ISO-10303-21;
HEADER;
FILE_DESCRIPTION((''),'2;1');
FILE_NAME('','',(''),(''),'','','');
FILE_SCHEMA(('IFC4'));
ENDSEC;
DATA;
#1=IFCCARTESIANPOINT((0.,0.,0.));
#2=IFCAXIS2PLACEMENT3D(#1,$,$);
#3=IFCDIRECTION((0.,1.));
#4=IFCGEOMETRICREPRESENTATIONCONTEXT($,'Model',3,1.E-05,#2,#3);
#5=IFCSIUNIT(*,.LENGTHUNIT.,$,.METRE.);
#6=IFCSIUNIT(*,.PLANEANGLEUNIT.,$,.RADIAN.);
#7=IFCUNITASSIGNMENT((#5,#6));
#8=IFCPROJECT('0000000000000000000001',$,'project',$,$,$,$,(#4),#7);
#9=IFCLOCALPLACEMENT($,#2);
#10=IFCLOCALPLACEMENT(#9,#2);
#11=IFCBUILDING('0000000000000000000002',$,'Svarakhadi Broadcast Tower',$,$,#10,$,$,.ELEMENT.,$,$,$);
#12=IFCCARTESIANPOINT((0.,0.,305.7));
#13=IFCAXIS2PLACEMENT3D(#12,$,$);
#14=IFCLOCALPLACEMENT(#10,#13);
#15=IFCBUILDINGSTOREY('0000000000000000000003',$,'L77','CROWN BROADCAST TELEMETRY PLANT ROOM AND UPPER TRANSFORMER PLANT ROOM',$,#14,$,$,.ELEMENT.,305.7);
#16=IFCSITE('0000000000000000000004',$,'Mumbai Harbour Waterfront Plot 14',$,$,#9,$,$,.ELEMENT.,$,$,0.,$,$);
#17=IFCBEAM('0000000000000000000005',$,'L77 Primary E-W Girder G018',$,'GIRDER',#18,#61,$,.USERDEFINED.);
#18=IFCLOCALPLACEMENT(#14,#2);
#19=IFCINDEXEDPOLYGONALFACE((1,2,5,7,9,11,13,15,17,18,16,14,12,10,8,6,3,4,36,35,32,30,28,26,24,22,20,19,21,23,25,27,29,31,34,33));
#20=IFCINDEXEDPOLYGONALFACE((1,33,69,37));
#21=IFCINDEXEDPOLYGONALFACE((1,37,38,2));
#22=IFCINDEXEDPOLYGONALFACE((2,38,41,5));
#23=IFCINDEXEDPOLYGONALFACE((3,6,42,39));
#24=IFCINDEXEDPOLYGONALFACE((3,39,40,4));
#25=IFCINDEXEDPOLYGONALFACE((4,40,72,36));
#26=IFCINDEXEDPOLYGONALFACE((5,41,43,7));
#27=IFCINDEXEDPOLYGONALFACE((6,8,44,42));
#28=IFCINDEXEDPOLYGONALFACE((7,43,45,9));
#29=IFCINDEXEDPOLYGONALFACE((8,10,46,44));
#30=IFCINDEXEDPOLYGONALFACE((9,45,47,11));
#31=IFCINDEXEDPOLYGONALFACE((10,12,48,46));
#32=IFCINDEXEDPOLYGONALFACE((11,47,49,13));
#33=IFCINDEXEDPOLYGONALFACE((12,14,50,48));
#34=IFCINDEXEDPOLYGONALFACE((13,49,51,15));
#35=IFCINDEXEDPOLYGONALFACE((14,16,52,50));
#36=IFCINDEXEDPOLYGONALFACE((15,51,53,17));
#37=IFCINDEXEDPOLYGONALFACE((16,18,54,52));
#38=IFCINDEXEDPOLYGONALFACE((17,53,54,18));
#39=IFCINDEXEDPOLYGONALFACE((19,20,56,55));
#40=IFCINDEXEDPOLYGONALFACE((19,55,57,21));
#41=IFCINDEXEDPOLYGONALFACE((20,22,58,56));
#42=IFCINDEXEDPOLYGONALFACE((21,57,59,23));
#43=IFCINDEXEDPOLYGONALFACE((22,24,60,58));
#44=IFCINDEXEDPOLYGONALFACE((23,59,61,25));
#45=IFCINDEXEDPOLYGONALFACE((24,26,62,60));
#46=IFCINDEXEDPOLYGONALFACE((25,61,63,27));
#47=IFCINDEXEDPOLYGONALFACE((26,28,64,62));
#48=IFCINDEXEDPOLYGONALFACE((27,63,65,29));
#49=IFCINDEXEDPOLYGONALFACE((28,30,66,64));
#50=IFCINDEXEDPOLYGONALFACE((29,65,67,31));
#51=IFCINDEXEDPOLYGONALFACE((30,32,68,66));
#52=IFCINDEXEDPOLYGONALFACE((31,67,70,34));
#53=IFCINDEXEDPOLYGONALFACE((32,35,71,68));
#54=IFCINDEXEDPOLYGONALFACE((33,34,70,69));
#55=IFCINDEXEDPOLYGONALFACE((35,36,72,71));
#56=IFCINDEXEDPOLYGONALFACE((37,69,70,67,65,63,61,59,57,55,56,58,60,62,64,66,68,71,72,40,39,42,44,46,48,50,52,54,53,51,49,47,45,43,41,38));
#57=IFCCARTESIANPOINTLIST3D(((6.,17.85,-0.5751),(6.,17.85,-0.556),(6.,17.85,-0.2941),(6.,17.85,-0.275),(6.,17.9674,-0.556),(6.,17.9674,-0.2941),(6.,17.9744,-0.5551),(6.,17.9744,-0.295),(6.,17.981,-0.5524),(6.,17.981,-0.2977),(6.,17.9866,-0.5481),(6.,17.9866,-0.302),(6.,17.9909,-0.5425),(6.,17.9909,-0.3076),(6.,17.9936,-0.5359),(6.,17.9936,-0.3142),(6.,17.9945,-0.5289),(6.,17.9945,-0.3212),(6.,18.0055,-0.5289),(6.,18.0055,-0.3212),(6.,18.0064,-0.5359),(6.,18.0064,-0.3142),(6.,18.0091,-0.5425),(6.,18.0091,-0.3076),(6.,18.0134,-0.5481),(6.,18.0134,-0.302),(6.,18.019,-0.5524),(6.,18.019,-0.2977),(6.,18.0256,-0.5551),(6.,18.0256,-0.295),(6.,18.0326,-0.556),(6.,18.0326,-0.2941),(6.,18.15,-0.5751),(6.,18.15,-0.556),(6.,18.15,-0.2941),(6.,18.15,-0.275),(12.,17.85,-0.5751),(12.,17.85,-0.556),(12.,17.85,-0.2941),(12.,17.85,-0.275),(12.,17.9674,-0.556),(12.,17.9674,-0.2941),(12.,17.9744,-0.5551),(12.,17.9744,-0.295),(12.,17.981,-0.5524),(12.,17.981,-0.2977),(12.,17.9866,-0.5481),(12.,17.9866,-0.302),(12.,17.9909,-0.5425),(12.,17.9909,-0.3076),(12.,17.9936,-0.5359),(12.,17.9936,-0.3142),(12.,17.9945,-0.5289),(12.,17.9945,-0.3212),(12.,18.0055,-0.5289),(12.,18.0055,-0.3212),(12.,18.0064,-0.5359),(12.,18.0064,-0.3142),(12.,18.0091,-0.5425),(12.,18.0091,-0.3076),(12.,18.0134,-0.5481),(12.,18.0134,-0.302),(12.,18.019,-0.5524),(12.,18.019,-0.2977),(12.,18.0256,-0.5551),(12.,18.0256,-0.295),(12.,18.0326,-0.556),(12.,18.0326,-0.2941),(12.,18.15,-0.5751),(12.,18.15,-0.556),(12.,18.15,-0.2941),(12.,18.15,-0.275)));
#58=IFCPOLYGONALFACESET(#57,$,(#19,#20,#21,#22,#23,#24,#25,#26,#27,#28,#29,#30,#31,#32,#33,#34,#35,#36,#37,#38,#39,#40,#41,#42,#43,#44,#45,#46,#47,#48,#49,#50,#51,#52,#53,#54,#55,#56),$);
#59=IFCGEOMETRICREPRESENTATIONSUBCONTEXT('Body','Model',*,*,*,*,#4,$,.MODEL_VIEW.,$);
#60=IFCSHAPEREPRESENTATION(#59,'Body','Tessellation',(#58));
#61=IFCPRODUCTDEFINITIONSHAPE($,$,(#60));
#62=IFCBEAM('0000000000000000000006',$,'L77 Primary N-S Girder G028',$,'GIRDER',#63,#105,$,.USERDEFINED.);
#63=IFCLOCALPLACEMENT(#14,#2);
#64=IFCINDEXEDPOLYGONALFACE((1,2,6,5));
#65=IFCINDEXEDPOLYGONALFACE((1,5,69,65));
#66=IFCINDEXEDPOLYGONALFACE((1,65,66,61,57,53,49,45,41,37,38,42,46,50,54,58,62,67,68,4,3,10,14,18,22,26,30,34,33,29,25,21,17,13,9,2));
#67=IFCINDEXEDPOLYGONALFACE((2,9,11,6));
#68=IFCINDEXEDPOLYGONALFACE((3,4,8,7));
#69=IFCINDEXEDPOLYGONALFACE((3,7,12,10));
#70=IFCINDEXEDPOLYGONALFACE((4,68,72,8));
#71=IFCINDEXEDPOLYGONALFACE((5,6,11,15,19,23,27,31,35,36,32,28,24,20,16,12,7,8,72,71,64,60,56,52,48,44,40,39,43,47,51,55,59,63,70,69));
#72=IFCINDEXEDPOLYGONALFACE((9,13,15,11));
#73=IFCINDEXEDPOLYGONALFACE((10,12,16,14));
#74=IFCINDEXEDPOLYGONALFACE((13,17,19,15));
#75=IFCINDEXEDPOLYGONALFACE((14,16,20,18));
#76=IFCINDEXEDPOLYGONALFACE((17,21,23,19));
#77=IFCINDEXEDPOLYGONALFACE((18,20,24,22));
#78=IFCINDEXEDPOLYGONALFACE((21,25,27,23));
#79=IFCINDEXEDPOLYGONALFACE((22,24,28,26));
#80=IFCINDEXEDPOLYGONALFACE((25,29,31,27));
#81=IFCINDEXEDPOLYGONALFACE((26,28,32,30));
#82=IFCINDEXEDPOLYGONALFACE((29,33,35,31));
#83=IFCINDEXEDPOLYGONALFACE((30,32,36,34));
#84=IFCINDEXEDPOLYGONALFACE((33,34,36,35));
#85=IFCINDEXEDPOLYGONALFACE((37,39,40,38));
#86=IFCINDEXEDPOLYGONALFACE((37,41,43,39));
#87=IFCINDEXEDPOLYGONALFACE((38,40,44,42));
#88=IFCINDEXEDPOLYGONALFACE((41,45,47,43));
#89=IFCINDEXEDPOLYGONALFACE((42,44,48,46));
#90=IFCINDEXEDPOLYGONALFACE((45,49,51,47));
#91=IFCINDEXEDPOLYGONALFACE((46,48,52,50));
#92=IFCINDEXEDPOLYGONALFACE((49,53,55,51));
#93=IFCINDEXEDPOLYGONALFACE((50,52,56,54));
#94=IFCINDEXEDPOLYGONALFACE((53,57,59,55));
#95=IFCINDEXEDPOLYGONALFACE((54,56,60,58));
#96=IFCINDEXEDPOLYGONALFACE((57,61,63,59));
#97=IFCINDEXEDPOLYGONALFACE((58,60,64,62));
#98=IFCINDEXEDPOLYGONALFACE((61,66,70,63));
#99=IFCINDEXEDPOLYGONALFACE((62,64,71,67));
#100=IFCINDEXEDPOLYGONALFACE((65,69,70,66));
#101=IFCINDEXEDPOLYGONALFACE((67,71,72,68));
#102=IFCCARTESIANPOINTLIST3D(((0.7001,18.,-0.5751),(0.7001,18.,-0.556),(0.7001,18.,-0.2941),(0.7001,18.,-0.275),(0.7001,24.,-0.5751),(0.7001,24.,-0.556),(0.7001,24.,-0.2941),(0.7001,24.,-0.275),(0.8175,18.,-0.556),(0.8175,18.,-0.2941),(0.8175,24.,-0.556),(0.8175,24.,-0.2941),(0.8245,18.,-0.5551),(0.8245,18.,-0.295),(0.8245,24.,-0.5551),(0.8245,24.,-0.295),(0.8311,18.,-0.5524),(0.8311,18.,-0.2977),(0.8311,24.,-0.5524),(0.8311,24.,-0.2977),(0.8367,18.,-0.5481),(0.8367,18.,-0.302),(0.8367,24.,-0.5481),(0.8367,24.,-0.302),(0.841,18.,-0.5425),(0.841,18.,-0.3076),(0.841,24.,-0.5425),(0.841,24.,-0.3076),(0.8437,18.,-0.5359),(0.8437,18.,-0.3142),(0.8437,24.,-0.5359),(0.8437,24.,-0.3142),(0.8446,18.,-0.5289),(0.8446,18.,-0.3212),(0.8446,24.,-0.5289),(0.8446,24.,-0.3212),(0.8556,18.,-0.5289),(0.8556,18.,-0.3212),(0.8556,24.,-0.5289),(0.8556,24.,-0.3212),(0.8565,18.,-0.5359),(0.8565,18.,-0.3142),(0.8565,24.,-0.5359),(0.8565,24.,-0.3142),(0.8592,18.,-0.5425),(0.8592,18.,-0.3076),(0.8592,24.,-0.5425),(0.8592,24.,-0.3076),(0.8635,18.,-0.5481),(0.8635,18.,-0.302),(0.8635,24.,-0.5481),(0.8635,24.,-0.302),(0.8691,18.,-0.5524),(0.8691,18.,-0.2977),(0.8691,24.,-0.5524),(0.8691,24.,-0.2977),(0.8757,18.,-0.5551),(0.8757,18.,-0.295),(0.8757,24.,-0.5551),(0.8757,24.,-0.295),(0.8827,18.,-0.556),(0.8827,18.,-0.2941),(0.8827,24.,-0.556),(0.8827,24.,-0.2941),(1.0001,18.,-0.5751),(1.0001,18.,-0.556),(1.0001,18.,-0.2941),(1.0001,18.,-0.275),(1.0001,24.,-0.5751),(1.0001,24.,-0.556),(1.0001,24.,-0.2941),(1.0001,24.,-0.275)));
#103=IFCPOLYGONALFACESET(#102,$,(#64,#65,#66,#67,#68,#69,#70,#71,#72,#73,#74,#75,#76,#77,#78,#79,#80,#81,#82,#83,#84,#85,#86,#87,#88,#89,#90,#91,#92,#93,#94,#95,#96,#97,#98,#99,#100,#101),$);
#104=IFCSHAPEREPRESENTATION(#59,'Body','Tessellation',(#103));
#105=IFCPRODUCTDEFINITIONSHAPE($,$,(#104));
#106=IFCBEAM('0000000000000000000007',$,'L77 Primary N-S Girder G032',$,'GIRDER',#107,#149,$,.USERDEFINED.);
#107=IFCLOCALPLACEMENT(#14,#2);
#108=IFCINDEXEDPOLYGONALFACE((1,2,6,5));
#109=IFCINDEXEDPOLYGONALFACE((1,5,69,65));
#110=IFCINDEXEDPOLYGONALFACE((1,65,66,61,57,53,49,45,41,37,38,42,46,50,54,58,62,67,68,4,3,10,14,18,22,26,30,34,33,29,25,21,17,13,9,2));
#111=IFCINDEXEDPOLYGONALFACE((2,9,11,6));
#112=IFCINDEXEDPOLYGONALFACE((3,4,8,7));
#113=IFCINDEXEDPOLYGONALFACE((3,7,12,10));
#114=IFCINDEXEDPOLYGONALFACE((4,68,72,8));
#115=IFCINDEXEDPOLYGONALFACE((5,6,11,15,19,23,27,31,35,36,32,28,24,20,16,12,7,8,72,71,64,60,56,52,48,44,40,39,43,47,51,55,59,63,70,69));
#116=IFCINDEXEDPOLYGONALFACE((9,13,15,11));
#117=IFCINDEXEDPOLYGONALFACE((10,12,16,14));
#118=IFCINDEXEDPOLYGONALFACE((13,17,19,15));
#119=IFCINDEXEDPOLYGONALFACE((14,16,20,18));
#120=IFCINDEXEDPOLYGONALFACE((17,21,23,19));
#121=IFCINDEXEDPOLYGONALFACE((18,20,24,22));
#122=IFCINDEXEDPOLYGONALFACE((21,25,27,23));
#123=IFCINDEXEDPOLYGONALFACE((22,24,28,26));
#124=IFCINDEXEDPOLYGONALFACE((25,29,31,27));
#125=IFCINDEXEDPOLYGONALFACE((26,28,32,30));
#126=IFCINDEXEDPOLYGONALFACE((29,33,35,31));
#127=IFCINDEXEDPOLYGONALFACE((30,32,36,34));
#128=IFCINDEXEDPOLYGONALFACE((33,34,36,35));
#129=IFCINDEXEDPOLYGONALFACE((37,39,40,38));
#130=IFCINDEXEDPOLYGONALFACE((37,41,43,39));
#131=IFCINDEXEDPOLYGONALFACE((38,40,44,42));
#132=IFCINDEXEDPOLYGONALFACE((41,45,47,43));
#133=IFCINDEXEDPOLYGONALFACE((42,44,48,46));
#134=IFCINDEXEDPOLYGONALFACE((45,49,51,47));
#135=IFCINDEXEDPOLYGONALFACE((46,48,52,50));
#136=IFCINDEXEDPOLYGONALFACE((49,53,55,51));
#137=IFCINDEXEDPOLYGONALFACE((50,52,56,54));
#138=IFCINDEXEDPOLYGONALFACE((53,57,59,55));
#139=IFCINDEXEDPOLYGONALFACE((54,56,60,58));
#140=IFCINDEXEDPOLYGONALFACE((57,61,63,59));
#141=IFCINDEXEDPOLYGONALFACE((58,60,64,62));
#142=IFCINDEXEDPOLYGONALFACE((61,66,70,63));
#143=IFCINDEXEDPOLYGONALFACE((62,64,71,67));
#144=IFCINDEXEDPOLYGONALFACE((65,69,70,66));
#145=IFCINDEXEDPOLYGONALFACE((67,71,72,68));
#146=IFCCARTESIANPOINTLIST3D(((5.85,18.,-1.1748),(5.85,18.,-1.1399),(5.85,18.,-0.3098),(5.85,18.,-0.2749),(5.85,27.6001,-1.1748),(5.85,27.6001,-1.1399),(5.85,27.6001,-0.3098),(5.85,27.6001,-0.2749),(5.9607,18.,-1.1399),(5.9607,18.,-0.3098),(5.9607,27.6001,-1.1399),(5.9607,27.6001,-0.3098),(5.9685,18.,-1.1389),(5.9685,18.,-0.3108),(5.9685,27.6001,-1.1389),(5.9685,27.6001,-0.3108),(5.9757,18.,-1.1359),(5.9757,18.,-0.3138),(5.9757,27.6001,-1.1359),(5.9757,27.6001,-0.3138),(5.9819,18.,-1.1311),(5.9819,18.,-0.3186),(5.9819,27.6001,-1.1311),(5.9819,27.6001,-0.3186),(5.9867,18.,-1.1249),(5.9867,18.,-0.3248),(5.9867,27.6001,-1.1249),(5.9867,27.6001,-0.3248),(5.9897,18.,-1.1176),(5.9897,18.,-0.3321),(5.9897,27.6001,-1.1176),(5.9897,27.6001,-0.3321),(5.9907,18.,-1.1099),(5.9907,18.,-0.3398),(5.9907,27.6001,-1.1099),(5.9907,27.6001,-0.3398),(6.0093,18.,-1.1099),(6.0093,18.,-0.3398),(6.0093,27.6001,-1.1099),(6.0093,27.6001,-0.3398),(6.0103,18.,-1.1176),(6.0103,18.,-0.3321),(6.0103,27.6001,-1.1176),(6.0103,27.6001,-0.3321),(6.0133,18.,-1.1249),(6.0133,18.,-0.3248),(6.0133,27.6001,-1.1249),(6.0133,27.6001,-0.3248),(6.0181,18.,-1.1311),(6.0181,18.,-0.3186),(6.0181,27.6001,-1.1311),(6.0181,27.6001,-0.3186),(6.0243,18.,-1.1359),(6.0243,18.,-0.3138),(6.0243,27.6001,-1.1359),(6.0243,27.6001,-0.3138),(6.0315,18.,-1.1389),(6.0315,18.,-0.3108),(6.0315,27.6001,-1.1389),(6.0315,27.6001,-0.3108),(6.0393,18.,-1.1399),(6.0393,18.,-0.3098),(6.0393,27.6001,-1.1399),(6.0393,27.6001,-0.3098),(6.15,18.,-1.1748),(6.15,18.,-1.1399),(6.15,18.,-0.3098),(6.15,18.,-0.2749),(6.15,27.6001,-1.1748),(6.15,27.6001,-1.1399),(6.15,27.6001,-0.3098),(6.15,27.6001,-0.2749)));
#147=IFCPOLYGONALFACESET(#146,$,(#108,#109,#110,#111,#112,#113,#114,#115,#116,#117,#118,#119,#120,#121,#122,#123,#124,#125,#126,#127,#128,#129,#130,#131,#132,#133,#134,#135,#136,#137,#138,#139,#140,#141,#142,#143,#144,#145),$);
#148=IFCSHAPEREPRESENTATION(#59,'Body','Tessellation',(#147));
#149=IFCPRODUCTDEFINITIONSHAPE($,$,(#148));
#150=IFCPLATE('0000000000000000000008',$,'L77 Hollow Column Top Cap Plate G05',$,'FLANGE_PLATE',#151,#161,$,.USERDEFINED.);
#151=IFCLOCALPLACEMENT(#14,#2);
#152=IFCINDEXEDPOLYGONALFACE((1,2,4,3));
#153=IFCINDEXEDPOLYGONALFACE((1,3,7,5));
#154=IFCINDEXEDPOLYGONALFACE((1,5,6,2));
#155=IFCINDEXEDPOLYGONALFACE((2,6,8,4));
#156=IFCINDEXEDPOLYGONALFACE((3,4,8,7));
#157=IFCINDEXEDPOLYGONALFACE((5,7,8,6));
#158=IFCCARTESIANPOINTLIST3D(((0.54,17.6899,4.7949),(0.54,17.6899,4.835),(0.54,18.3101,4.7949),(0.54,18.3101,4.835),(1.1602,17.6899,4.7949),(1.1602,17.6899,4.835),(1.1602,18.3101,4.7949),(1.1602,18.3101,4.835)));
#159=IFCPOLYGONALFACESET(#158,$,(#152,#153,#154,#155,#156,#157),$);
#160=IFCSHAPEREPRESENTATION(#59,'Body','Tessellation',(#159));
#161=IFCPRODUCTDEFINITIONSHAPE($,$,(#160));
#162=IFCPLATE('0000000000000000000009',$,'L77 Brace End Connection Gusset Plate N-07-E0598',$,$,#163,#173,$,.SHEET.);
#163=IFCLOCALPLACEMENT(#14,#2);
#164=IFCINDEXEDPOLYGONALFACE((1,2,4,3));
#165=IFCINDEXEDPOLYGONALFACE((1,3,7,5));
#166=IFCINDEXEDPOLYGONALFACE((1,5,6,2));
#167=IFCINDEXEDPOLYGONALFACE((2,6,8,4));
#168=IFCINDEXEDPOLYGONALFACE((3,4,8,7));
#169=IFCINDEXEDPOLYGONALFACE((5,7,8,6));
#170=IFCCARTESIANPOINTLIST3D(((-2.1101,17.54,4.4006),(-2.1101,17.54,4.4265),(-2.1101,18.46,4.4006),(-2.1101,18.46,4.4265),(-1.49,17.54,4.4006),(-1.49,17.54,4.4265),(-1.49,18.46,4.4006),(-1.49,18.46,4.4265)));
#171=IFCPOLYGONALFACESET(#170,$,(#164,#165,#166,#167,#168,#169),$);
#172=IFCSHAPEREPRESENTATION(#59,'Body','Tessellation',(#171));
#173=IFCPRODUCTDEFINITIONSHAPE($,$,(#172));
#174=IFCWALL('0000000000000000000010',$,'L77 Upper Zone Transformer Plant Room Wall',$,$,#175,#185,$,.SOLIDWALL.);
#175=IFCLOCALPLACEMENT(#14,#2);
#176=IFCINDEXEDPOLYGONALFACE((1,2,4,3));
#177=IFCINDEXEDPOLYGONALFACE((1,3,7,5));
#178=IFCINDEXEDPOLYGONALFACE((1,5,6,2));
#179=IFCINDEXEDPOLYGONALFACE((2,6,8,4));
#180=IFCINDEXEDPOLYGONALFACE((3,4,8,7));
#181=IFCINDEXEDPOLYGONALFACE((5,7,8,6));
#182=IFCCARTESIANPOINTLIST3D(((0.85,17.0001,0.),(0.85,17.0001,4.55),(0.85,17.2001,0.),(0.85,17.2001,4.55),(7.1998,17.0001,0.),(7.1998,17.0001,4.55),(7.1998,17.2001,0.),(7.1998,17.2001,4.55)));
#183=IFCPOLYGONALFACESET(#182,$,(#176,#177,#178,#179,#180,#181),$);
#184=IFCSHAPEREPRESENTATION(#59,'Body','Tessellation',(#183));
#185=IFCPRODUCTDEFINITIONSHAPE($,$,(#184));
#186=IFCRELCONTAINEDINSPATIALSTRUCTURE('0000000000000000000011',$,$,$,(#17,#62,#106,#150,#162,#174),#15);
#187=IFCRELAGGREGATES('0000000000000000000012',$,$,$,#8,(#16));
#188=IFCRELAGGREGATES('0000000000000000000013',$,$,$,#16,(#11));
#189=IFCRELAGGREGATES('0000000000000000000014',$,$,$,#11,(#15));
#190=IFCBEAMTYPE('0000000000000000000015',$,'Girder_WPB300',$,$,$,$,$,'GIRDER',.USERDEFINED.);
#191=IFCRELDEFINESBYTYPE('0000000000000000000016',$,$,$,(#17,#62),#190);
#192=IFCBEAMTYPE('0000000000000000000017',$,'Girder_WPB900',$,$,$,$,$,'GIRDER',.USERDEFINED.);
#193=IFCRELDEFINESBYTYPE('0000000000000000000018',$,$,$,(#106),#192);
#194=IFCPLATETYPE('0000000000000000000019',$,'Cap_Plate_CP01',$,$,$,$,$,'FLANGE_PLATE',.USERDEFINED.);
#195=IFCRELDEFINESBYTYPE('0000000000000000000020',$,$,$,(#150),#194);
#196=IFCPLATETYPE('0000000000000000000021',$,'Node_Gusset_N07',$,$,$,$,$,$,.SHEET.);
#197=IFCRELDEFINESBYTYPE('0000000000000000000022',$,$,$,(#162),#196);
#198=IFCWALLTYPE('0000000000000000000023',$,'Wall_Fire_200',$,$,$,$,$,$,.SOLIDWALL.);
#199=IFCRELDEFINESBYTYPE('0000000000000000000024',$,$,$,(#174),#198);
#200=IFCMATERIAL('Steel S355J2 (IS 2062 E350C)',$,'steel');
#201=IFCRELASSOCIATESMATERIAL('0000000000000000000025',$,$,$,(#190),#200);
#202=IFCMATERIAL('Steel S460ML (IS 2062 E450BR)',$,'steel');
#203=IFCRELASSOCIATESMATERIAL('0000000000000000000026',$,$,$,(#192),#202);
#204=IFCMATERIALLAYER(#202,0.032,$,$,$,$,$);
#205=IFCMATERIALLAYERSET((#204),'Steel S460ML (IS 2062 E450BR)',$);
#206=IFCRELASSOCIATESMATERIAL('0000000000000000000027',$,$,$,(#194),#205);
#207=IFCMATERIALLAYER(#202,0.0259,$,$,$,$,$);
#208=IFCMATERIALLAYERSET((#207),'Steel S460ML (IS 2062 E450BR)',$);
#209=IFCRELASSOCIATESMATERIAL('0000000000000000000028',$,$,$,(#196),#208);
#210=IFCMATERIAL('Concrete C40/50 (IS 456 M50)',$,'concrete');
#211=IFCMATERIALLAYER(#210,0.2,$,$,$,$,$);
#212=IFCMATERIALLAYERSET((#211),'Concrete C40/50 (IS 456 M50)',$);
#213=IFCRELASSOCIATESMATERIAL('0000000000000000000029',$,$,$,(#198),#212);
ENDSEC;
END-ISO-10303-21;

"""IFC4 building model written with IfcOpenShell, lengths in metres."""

from ifc_helpers import new_model, si_unit, direction, frame, frame_2d, origin, origin_2d, place, context, subcontext, project, spatial, rectangle, i_section, extrude, material, layer, layer_set, material_profile, profile_set, type_object, element, save


model = new_model("IFC4")

# Units and contexts
model_context = context("Model", 3, precision=1e-05, world=origin(), true_north=direction((0.0, 1.0)))
body_context = subcontext(model_context, "Body", "Model", "MODEL_VIEW")
ifc_project = project(units=[si_unit("LENGTHUNIT", "METRE"), si_unit("PLANEANGLEUNIT", "RADIAN")], contexts=[model_context])

# Site, building, storey
site_placement = place(None, origin())
site = spatial("IfcSite", under=ifc_project, at=site_placement, Name="Mumbai Harbour Waterfront Plot 14", CompositionType="ELEMENT", RefElevation=0.0)
building_placement = place(site_placement, origin())
building = spatial("IfcBuilding", under=site, at=building_placement, Name="Svarakhadi Broadcast Tower", CompositionType="ELEMENT")
storey_placement = place(building_placement, frame((0.0, 0.0, 305.7)))
storey = spatial("IfcBuildingStorey", under=building, at=storey_placement, Name="L77", Description="CROWN BROADCAST TELEMETRY PLANT ROOM AND UPPER TRANSFORMER PLANT ROOM", CompositionType="ELEMENT", Elevation=305.7)

# Shared definitions
ifc_material_1 = material(Name="Steel S460ML (IS 2062 E450BR)", Category="steel")

# Shared definitions
ifc_material_2 = material(Name="Steel S355J2 (IS 2062 E350C)", Category="steel")

# Beams
ifc_material_profile_1 = material_profile(ifc_material_2, i_section(OverallWidth=0.3, OverallDepth=0.3, WebThickness=0.011, FlangeThickness=0.019, FilletRadius=0.0271, at=origin_2d()), Name="WPB 300x300x117")
ifc_profile_set_1 = profile_set([ifc_material_profile_1], Name="Steel S355J2 (IS 2062 E350C)")
beam_type_1 = type_object("IfcBeamType", Name="Girder_WPB300", ElementType="GIRDER", PredefinedType="USERDEFINED", material=ifc_profile_set_1)
for number, where, z_axis, x_axis, name in (
    (1, (6.0, 18.0, -0.425), (1.0, 0.0, 0.0), (0.0, 1.0, 0.0), "L77 Primary E-W Girder G018"),
    (2, (0.8501, 18.0, -0.425), (0.0, 1.0, 0.0), (-1.0, 0.0, 0.0), "L77 Primary N-S Girder G028"),
):
    element("IfcBeam", number, at=place(storey_placement, frame(where, z_axis=z_axis, x_axis=x_axis)), inside=storey, type_object=beam_type_1, Name=name, ObjectType="GIRDER", PredefinedType="USERDEFINED", context=body_context, shape_type="SweptSolid", body=[
        extrude(i_section(OverallWidth=0.3, OverallDepth=0.3, WebThickness=0.011, FlangeThickness=0.019, FilletRadius=0.0271, at=origin_2d()), origin(), (0.0, 0.0, 1.0), 6.0),
    ])
ifc_material_profile_2 = material_profile(ifc_material_1, i_section(OverallWidth=0.3, OverallDepth=0.8999, WebThickness=0.0186, FlangeThickness=0.0349, FilletRadius=0.03, at=origin_2d()), Name="WPB 900x300x291")
ifc_profile_set_2 = profile_set([ifc_material_profile_2], Name="Steel S460ML (IS 2062 E450BR)")
beam_type_2 = type_object("IfcBeamType", Name="Girder_WPB900", ElementType="GIRDER", PredefinedType="USERDEFINED", material=ifc_profile_set_2)
beam_1_placement = place(storey_placement, frame((6.0, 18.0, -0.7249), z_axis=(0.0, 1.0, 0.0), x_axis=(-1.0, 0.0, 0.0)))
element("IfcBeam", 3, at=beam_1_placement, inside=storey, type_object=beam_type_2, Name="L77 Primary N-S Girder G032", ObjectType="GIRDER", PredefinedType="USERDEFINED", context=body_context, shape_type="SweptSolid", body=[
    extrude(i_section(OverallWidth=0.3, OverallDepth=0.8999, WebThickness=0.0186, FlangeThickness=0.0349, FilletRadius=0.03, at=origin_2d()), origin(), (0.0, 0.0, 1.0), 9.6001),
])

# Plates
ifc_layer_1 = layer(ifc_material_1, 0.032)
ifc_layer_set_1 = layer_set([ifc_layer_1], Name="Steel S460ML (IS 2062 E450BR)")
plate_type_1 = type_object("IfcPlateType", Name="Cap_Plate_CP01", ElementType="FLANGE_PLATE", PredefinedType="USERDEFINED", material=ifc_layer_set_1)
plate_1_placement = place(storey_placement, frame((0.8501, 18.0, 4.7949), z_axis=(0.0, 0.0, 1.0), x_axis=(1.0, 0.0, 0.0)))
element("IfcPlate", 4, at=plate_1_placement, inside=storey, type_object=plate_type_1, Name="L77 Hollow Column Top Cap Plate G05", ObjectType="FLANGE_PLATE", PredefinedType="USERDEFINED", context=body_context, shape_type="SweptSolid", body=[
    extrude(rectangle(XDim=0.6201, YDim=0.6201, at=origin_2d()), origin(), (0.0, 0.0, 1.0), 0.04),
])
ifc_layer_2 = layer(ifc_material_1, 0.0259)
ifc_layer_set_2 = layer_set([ifc_layer_2], Name="Steel S460ML (IS 2062 E450BR)")
plate_type_2 = type_object("IfcPlateType", Name="Node_Gusset_N07", PredefinedType="SHEET", material=ifc_layer_set_2)
plate_2_placement = place(storey_placement, frame((-1.8, 18.0, 4.4006), z_axis=(0.0, 0.0, 1.0), x_axis=(0.0, 1.0, 0.0)))
element("IfcPlate", 5, at=plate_2_placement, inside=storey, type_object=plate_type_2, Name="L77 Brace End Connection Gusset Plate N-07-E0598", PredefinedType="SHEET", context=body_context, shape_type="SweptSolid", body=[
    extrude(rectangle(XDim=0.9199, YDim=0.6201, at=origin_2d()), origin(), (0.0, 0.0, 1.0), 0.0259),
])

# Wall
ifc_material_3 = material(Name="Concrete C40/50 (IS 456 M50)", Category="concrete")
ifc_layer_3 = layer(ifc_material_3, 0.2)
ifc_layer_set_3 = layer_set([ifc_layer_3], Name="Concrete C40/50 (IS 456 M50)")
wall_type_1 = type_object("IfcWallType", Name="Wall_Fire_200", PredefinedType="SOLIDWALL", material=ifc_layer_set_3)
wall_1_placement = place(storey_placement, frame((0.8501, 17.1001, 0.0), z_axis=(0.0, 0.0, 1.0), x_axis=(1.0, 0.0, 0.0)))
element("IfcWall", 6, at=wall_1_placement, inside=storey, type_object=wall_type_1, Name="L77 Upper Zone Transformer Plant Room Wall", PredefinedType="SOLIDWALL", context=body_context, shape_type="SweptSolid", body=[
    extrude(rectangle(XDim=6.3499, YDim=0.2, at=frame_2d((3.1748, 0.0))), origin(), (0.0, 0.0, 1.0), 4.55),
])

save(model, "model.ifc")
